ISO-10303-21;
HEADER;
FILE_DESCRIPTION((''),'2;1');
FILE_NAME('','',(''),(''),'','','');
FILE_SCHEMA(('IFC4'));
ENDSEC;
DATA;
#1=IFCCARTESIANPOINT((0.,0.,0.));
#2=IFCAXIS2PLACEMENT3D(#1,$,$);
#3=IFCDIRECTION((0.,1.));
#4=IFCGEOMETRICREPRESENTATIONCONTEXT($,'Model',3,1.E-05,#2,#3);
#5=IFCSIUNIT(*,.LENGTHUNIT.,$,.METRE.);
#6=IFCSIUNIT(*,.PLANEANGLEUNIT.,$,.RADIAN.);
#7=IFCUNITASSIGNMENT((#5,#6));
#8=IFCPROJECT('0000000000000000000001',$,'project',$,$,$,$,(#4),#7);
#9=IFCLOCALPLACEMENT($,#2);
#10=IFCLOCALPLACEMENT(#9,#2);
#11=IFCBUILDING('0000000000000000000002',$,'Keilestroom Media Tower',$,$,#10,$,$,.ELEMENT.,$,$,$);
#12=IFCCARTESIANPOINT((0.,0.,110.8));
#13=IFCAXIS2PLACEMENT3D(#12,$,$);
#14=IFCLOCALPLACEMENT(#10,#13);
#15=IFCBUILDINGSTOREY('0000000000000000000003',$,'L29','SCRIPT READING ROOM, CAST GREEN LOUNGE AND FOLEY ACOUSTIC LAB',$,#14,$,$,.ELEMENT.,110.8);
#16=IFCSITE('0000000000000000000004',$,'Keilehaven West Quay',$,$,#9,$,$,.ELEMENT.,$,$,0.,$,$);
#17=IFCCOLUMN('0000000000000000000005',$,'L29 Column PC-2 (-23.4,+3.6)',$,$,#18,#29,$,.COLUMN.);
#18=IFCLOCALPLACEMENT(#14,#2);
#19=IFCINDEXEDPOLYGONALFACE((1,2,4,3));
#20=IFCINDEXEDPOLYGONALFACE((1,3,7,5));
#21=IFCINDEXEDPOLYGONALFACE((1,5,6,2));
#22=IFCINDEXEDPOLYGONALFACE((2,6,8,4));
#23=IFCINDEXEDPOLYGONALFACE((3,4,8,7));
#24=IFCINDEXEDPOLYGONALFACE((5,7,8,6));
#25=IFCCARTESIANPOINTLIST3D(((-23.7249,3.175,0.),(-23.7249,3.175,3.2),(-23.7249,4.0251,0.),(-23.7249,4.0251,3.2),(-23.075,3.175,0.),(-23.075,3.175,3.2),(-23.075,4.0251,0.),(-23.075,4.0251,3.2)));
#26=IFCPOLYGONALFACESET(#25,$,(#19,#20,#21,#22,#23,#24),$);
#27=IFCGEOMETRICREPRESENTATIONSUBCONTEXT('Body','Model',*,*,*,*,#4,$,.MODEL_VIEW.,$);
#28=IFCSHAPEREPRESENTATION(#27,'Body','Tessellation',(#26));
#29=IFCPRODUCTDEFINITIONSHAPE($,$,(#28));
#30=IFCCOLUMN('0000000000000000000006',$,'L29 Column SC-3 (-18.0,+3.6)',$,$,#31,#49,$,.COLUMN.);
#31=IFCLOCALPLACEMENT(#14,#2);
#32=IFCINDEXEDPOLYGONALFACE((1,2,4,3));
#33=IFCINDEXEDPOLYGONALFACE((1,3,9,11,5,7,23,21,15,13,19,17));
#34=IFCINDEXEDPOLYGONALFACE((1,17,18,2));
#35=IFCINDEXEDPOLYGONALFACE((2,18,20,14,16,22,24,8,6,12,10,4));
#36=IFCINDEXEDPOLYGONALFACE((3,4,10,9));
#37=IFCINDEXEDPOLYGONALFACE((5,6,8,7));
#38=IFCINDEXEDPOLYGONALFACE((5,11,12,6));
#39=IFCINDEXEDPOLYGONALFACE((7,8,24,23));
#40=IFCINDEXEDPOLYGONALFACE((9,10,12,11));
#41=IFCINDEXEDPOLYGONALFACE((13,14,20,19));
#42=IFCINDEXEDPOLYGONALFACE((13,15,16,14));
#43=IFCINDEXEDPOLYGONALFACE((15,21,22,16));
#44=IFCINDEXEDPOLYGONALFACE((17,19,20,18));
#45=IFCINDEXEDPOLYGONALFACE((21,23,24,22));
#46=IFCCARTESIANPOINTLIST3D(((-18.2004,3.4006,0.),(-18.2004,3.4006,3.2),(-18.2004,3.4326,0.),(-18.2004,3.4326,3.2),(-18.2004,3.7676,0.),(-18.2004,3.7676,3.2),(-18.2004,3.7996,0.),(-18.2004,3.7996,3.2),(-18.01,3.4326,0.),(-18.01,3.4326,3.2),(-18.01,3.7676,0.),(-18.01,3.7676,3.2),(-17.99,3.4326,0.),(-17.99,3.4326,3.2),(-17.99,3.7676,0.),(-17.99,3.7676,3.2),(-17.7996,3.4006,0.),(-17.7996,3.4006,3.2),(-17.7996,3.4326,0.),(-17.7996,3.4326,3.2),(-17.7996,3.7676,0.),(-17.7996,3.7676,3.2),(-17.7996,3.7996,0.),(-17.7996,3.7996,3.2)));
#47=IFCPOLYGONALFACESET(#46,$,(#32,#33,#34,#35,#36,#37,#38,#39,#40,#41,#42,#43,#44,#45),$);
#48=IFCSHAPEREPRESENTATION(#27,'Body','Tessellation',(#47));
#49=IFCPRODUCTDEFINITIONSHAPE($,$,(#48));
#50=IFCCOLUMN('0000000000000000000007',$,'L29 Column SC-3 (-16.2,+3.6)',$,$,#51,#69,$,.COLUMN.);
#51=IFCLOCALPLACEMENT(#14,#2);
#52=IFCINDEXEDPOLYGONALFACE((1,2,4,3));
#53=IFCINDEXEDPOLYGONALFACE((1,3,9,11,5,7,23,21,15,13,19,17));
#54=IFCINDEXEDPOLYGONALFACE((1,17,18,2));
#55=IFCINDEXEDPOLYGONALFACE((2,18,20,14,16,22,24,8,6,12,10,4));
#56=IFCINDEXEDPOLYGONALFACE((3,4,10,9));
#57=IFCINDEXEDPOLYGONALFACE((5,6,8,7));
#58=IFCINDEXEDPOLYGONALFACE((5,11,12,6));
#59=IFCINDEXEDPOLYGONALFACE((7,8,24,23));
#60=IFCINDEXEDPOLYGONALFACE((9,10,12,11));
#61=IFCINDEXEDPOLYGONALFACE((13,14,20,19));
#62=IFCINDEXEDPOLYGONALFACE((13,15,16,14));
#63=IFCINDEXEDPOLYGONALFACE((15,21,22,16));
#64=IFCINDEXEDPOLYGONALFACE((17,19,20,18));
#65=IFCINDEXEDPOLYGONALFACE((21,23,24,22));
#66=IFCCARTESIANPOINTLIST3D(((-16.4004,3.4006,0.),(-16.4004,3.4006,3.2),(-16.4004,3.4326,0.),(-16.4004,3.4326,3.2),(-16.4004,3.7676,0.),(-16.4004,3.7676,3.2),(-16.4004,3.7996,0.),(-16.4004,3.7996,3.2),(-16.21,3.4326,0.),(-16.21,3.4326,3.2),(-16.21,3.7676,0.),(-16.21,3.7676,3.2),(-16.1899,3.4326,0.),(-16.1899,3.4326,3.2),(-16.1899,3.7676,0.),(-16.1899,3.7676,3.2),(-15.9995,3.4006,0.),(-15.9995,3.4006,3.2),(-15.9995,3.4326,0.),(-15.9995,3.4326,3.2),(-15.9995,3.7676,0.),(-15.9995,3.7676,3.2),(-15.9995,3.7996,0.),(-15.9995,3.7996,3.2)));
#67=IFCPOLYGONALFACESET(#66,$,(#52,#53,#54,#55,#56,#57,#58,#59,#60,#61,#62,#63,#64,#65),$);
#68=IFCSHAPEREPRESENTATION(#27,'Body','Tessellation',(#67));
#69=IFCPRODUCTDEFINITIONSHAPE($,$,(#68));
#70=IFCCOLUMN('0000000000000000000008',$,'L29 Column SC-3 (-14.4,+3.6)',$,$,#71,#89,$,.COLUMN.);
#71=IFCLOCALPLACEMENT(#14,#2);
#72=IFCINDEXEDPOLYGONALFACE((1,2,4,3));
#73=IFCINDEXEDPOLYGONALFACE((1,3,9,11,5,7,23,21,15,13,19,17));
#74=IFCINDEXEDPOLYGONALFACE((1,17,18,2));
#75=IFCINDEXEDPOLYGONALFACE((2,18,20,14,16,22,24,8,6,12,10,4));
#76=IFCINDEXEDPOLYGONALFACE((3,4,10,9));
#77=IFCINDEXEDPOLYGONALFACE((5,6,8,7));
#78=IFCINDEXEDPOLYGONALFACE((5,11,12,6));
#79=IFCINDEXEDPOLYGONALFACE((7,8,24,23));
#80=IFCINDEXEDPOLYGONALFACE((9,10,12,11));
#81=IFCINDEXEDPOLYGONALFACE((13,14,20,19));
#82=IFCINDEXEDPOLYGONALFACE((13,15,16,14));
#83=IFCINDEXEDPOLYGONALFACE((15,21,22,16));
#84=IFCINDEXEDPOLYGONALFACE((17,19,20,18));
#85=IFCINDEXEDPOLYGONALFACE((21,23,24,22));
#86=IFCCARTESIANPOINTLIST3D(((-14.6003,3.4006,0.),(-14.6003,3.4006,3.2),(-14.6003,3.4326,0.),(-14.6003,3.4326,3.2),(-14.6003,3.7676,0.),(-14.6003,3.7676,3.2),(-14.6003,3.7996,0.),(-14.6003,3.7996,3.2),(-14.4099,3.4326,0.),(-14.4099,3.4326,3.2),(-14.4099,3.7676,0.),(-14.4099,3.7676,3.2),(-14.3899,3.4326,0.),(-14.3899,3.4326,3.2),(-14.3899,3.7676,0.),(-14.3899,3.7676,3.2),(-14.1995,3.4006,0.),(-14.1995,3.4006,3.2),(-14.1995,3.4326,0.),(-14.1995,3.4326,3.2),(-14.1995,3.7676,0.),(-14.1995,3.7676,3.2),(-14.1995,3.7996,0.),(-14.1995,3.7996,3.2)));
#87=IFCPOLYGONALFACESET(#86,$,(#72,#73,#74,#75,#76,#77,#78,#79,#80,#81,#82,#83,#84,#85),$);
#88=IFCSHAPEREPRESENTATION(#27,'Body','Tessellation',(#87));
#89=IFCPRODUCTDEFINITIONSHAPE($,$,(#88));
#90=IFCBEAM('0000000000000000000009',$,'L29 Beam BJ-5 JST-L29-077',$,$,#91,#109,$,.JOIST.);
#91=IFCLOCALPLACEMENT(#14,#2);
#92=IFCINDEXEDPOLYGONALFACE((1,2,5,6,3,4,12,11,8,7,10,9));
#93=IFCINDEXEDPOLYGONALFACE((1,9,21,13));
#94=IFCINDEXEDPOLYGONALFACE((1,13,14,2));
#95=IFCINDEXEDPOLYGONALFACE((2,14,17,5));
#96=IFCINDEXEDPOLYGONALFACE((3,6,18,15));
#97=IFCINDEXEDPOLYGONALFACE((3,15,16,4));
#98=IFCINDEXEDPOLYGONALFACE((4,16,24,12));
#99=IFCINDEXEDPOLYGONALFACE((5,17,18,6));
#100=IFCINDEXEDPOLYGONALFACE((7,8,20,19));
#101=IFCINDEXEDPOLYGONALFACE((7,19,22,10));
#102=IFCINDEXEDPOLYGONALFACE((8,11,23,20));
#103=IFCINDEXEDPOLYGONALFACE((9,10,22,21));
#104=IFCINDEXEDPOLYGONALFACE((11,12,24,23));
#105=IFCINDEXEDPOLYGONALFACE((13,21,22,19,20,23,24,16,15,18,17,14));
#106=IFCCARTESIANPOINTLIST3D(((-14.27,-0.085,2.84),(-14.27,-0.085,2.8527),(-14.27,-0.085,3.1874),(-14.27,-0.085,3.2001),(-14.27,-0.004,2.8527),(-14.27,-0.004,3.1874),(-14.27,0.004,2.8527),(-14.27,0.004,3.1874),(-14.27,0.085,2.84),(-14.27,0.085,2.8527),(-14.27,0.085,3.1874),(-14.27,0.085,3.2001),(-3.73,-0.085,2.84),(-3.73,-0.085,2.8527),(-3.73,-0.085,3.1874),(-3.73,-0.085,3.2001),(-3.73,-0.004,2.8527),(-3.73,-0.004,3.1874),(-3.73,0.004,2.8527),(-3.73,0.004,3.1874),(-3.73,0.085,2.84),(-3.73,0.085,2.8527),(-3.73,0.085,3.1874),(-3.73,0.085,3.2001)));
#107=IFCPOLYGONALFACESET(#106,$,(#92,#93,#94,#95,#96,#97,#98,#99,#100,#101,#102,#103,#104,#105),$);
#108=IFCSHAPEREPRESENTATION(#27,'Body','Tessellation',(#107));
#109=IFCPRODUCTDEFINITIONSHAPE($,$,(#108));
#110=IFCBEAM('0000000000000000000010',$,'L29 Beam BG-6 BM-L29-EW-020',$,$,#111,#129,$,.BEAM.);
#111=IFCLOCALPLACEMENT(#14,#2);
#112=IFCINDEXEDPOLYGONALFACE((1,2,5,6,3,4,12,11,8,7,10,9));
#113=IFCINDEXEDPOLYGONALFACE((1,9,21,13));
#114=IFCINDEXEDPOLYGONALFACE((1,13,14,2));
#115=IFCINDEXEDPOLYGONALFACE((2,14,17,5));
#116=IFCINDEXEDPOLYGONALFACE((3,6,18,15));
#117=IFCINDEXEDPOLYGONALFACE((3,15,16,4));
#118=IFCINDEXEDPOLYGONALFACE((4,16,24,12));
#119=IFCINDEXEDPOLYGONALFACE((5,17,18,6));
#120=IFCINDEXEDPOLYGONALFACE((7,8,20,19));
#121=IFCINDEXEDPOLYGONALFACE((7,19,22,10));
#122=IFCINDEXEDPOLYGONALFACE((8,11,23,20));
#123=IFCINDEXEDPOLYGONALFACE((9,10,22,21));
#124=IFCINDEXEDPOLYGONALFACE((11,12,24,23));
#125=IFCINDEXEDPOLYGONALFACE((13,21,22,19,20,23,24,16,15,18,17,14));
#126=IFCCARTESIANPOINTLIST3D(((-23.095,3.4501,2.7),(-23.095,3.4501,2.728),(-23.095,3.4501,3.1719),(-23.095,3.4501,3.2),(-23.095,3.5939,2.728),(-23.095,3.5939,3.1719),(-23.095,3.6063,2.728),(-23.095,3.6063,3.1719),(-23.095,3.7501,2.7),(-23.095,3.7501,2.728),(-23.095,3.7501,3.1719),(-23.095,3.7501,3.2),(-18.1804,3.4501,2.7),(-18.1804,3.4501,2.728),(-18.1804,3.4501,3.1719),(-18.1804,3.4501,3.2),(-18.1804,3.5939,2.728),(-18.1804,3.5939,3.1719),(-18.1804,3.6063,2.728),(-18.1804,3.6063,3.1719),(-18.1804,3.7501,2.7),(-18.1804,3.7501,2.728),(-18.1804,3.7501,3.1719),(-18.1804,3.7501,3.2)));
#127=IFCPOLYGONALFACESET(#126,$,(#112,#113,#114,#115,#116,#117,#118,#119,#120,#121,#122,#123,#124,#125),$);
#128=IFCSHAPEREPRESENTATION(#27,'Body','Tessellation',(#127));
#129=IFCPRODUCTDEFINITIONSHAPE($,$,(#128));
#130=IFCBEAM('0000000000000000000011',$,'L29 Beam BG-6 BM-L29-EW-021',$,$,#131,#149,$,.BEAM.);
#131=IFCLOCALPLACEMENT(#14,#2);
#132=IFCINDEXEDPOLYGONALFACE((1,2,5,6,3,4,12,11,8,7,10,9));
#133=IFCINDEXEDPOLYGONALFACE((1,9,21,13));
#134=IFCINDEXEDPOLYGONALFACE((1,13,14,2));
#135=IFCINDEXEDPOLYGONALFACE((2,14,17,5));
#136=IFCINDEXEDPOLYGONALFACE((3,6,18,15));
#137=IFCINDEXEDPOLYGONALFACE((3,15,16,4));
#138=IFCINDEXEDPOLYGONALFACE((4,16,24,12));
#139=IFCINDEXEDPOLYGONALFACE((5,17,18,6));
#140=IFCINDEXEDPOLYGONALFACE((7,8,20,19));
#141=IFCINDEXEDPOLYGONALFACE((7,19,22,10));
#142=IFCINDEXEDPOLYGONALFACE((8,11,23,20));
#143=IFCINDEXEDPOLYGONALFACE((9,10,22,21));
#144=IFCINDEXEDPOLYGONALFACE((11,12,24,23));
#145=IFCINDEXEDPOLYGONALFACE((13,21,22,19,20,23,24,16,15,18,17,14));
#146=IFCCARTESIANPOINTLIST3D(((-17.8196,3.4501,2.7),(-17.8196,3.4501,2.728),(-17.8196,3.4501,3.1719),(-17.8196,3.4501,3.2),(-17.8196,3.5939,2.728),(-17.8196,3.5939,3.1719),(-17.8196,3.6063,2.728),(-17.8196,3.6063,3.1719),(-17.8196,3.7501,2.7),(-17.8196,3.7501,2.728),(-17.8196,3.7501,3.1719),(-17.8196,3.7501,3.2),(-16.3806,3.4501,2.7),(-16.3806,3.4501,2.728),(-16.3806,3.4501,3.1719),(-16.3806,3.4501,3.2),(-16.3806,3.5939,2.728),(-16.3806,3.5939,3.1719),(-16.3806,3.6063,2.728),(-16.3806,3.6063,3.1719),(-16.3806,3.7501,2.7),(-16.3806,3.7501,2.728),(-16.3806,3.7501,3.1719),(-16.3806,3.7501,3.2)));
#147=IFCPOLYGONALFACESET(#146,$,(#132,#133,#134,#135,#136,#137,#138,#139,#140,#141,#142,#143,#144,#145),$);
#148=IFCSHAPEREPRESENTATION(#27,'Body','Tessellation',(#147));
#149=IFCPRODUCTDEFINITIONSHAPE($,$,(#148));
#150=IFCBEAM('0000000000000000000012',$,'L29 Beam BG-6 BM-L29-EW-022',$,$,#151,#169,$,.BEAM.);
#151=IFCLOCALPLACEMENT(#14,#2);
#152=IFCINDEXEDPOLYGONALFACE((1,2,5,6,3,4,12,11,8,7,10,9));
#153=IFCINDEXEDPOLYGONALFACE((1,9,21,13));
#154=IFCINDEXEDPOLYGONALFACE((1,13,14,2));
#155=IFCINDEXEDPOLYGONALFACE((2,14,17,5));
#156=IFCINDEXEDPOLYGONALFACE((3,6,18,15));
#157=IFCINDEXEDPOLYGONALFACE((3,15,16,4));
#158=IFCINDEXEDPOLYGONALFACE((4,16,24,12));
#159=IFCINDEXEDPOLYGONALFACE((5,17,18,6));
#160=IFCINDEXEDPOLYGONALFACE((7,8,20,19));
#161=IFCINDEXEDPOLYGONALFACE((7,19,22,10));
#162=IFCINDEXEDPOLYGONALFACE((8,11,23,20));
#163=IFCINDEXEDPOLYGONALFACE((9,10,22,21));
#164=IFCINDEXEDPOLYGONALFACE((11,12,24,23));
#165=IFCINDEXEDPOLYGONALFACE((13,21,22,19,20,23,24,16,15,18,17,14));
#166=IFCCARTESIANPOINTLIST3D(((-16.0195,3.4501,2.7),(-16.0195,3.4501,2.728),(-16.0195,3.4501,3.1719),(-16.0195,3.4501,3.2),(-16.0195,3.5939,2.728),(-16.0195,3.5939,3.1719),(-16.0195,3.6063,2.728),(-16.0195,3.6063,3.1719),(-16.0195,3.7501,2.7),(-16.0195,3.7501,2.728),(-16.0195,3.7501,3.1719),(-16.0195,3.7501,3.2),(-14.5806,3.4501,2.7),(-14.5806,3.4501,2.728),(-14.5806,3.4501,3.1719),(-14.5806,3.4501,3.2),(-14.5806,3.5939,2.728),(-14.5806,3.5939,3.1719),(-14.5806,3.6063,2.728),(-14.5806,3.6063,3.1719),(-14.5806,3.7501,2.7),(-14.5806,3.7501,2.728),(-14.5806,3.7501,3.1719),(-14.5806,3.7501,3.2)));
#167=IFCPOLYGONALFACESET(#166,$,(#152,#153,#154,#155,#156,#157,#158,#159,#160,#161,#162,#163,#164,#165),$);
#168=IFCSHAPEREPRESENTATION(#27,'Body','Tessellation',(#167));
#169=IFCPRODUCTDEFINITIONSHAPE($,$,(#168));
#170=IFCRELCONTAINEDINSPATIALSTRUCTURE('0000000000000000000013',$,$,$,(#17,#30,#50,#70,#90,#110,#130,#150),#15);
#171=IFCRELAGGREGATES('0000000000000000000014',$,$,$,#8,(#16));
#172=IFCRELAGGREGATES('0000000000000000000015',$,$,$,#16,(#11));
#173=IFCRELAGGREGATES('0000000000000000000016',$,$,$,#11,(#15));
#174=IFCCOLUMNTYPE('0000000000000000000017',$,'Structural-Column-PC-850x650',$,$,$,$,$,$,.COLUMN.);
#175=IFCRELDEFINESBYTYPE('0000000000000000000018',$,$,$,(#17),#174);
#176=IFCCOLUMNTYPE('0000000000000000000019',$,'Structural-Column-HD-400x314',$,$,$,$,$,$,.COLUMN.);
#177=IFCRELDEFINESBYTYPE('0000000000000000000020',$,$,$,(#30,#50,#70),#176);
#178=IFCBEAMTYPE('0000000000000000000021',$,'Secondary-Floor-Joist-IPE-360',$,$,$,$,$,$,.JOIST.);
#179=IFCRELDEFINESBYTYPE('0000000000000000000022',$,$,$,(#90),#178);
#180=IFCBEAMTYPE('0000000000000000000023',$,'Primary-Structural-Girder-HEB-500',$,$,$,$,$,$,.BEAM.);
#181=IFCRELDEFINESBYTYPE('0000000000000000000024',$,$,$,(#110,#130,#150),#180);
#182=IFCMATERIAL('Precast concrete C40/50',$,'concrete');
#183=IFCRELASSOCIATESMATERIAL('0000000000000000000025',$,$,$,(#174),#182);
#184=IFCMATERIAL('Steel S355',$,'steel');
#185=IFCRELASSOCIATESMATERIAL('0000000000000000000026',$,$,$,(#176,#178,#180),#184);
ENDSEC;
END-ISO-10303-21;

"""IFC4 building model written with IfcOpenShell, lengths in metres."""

from ifc_helpers import new_model, si_unit, direction, frame, origin, origin_2d, place, context, subcontext, project, spatial, rectangle, i_section, extrude, source, transform, mapped, material, material_profile, profile_set, type_object, element, save


model = new_model("IFC4")

# Units and contexts
model_context = context("Model", 3, precision=1e-05, world=origin(), true_north=direction((0.0, 1.0)))
body_context = subcontext(model_context, "Body", "Model", "MODEL_VIEW")
ifc_project = project(units=[si_unit("LENGTHUNIT", "METRE"), si_unit("PLANEANGLEUNIT", "RADIAN")], contexts=[model_context])

# Site, building, storey
site_placement = place(None, origin())
site = spatial("IfcSite", under=ifc_project, at=site_placement, Name="Keilehaven West Quay", CompositionType="ELEMENT", RefElevation=0.0)
building_placement = place(site_placement, origin())
building = spatial("IfcBuilding", under=site, at=building_placement, Name="Keilestroom Media Tower", CompositionType="ELEMENT")
storey_placement = place(building_placement, frame((0.0, 0.0, 110.8)))
storey = spatial("IfcBuildingStorey", under=building, at=storey_placement, Name="L29", Description="SCRIPT READING ROOM, CAST GREEN LOUNGE AND FOLEY ACOUSTIC LAB", CompositionType="ELEMENT", Elevation=110.8)

# Columns
ifc_material_1 = material(Name="Precast concrete C40/50", Category="concrete")
ifc_material_profile_1 = material_profile(ifc_material_1, rectangle(XDim=0.6499, YDim=0.8501, at=origin_2d()), Name="PC 850x650")
ifc_profile_set_1 = profile_set([ifc_material_profile_1], Name="Precast concrete C40/50")
column_type_1 = type_object("IfcColumnType", Name="Structural-Column-PC-850x650", PredefinedType="COLUMN", material=ifc_profile_set_1)
shared_shape_1 = source(origin(), body_context, "Body", "SweptSolid", [
    extrude(rectangle(XDim=0.6499, YDim=0.8501, at=origin_2d()), origin(), (0.0, 0.0, 1.0), 3.2),
])
column_placement = place(storey_placement, frame((-23.3999, 3.6001, 0.0), z_axis=(0.0, 0.0, 1.0), x_axis=(1.0, 0.0, 0.0)))
element("IfcColumn", 1, at=column_placement, inside=storey, type_object=column_type_1, Name="L29 Column PC-2 (-23.4,+3.6)", PredefinedType="COLUMN", context=body_context, shape_type="MappedRepresentation", body=[
    mapped(shared_shape_1, transform((0.0, 0.0, 0.0), x_axis=(1.0, 0.0, 0.0), y_axis=(0.0, 1.0, 0.0), z_axis=(0.0, 0.0, 1.0), scale=1.0)),
])
ifc_material_2 = material(Name="Steel S355", Category="steel")
ifc_material_profile_2 = material_profile(ifc_material_2, i_section(OverallWidth=0.4009, OverallDepth=0.3989, WebThickness=0.02, FlangeThickness=0.032, at=origin_2d()), Name="HD 400x314")
ifc_profile_set_2 = profile_set([ifc_material_profile_2], Name="Steel S355")
column_type_2 = type_object("IfcColumnType", Name="Structural-Column-HD-400x314", PredefinedType="COLUMN", material=ifc_profile_set_2)
shared_shape_2 = source(origin(), body_context, "Body", "SweptSolid", [
    extrude(i_section(OverallWidth=0.4009, OverallDepth=0.3989, WebThickness=0.02, FlangeThickness=0.032, at=origin_2d()), origin(), (0.0, 0.0, 1.0), 3.2),
])
for number, where, z_axis, x_axis, name in (
    (2, (-18.0, 3.6001, 0.0), (0.0, 0.0, 1.0), (1.0, 0.0, 0.0), "L29 Column SC-3 (-18.0,+3.6)"),
    (3, (-16.2, 3.6001, 0.0), (0.0, 0.0, 1.0), (1.0, 0.0, 0.0), "L29 Column SC-3 (-16.2,+3.6)"),
    (4, (-14.3999, 3.6001, 0.0), (0.0, 0.0, 1.0), (1.0, 0.0, 0.0), "L29 Column SC-3 (-14.4,+3.6)"),
):
    element("IfcColumn", number, at=place(storey_placement, frame(where, z_axis=z_axis, x_axis=x_axis)), inside=storey, type_object=column_type_2, Name=name, PredefinedType="COLUMN", context=body_context, shape_type="MappedRepresentation", body=[
        mapped(shared_shape_2, transform((0.0, 0.0, 0.0), x_axis=(1.0, 0.0, 0.0), y_axis=(0.0, 1.0, 0.0), z_axis=(0.0, 0.0, 1.0), scale=1.0)),
    ])

# Beams
ifc_material_profile_3 = material_profile(ifc_material_2, i_section(OverallWidth=0.1699, OverallDepth=0.3601, WebThickness=0.0081, FlangeThickness=0.0127, at=origin_2d()), Name="IPE 360")
ifc_profile_set_3 = profile_set([ifc_material_profile_3], Name="Steel S355")
beam_type_1 = type_object("IfcBeamType", Name="Secondary-Floor-Joist-IPE-360", PredefinedType="JOIST", material=ifc_profile_set_3)
shared_shape_3 = source(origin(), body_context, "Body", "SweptSolid", [
    extrude(i_section(OverallWidth=0.1699, OverallDepth=0.3601, WebThickness=0.0081, FlangeThickness=0.0127, at=origin_2d()), origin(), (0.0, 0.0, 1.0), 10.54),
])
beam_1_placement = place(storey_placement, frame((-14.27, 0.0, 3.02), z_axis=(1.0, 0.0, 0.0), x_axis=(0.0, 1.0, 0.0)))
element("IfcBeam", 5, at=beam_1_placement, inside=storey, type_object=beam_type_1, Name="L29 Beam BJ-5 JST-L29-077", PredefinedType="JOIST", context=body_context, shape_type="MappedRepresentation", body=[
    mapped(shared_shape_3, transform((0.0, 0.0, 0.0), x_axis=(1.0, 0.0, 0.0), y_axis=(0.0, 1.0, 0.0), z_axis=(0.0, 0.0, 1.0), scale=1.0)),
])
ifc_material_profile_4 = material_profile(ifc_material_2, i_section(OverallWidth=0.3, OverallDepth=0.5, WebThickness=0.0125, FlangeThickness=0.0281, at=origin_2d()), Name="HEB 500")
ifc_profile_set_4 = profile_set([ifc_material_profile_4], Name="Steel S355")
beam_type_2 = type_object("IfcBeamType", Name="Primary-Structural-Girder-HEB-500", PredefinedType="BEAM", material=ifc_profile_set_4)
shared_shape_4 = source(origin(), body_context, "Body", "SweptSolid", [
    extrude(i_section(OverallWidth=0.3, OverallDepth=0.5, WebThickness=0.0125, FlangeThickness=0.0281, at=origin_2d()), origin(), (0.0, 0.0, 1.0), 4.9146),
])
beam_2_placement = place(storey_placement, frame((-23.095, 3.6001, 2.95), z_axis=(1.0, 0.0, 0.0), x_axis=(0.0, 1.0, 0.0)))
element("IfcBeam", 6, at=beam_2_placement, inside=storey, type_object=beam_type_2, Name="L29 Beam BG-6 BM-L29-EW-020", PredefinedType="BEAM", context=body_context, shape_type="MappedRepresentation", body=[
    mapped(shared_shape_4, transform((0.0, 0.0, 0.0), x_axis=(1.0, 0.0, 0.0), y_axis=(0.0, 1.0, 0.0), z_axis=(0.0, 0.0, 1.0), scale=1.0)),
])
shared_shape_5 = source(origin(), body_context, "Body", "SweptSolid", [
    extrude(i_section(OverallWidth=0.3, OverallDepth=0.5, WebThickness=0.0125, FlangeThickness=0.0281, at=origin_2d()), origin(), (0.0, 0.0, 1.0), 1.439),
])
for number, where, z_axis, x_axis, name in (
    (7, (-17.8196, 3.6001, 2.95), (1.0, 0.0, 0.0), (0.0, 1.0, 0.0), "L29 Beam BG-6 BM-L29-EW-021"),
    (8, (-16.0195, 3.6001, 2.95), (1.0, 0.0, 0.0), (0.0, 1.0, 0.0), "L29 Beam BG-6 BM-L29-EW-022"),
):
    element("IfcBeam", number, at=place(storey_placement, frame(where, z_axis=z_axis, x_axis=x_axis)), inside=storey, type_object=beam_type_2, Name=name, PredefinedType="BEAM", context=body_context, shape_type="MappedRepresentation", body=[
        mapped(shared_shape_5, transform((0.0, 0.0, 0.0), x_axis=(1.0, 0.0, 0.0), y_axis=(0.0, 1.0, 0.0), z_axis=(0.0, 0.0, 1.0), scale=1.0)),
    ])

save(model, "model.ifc")
